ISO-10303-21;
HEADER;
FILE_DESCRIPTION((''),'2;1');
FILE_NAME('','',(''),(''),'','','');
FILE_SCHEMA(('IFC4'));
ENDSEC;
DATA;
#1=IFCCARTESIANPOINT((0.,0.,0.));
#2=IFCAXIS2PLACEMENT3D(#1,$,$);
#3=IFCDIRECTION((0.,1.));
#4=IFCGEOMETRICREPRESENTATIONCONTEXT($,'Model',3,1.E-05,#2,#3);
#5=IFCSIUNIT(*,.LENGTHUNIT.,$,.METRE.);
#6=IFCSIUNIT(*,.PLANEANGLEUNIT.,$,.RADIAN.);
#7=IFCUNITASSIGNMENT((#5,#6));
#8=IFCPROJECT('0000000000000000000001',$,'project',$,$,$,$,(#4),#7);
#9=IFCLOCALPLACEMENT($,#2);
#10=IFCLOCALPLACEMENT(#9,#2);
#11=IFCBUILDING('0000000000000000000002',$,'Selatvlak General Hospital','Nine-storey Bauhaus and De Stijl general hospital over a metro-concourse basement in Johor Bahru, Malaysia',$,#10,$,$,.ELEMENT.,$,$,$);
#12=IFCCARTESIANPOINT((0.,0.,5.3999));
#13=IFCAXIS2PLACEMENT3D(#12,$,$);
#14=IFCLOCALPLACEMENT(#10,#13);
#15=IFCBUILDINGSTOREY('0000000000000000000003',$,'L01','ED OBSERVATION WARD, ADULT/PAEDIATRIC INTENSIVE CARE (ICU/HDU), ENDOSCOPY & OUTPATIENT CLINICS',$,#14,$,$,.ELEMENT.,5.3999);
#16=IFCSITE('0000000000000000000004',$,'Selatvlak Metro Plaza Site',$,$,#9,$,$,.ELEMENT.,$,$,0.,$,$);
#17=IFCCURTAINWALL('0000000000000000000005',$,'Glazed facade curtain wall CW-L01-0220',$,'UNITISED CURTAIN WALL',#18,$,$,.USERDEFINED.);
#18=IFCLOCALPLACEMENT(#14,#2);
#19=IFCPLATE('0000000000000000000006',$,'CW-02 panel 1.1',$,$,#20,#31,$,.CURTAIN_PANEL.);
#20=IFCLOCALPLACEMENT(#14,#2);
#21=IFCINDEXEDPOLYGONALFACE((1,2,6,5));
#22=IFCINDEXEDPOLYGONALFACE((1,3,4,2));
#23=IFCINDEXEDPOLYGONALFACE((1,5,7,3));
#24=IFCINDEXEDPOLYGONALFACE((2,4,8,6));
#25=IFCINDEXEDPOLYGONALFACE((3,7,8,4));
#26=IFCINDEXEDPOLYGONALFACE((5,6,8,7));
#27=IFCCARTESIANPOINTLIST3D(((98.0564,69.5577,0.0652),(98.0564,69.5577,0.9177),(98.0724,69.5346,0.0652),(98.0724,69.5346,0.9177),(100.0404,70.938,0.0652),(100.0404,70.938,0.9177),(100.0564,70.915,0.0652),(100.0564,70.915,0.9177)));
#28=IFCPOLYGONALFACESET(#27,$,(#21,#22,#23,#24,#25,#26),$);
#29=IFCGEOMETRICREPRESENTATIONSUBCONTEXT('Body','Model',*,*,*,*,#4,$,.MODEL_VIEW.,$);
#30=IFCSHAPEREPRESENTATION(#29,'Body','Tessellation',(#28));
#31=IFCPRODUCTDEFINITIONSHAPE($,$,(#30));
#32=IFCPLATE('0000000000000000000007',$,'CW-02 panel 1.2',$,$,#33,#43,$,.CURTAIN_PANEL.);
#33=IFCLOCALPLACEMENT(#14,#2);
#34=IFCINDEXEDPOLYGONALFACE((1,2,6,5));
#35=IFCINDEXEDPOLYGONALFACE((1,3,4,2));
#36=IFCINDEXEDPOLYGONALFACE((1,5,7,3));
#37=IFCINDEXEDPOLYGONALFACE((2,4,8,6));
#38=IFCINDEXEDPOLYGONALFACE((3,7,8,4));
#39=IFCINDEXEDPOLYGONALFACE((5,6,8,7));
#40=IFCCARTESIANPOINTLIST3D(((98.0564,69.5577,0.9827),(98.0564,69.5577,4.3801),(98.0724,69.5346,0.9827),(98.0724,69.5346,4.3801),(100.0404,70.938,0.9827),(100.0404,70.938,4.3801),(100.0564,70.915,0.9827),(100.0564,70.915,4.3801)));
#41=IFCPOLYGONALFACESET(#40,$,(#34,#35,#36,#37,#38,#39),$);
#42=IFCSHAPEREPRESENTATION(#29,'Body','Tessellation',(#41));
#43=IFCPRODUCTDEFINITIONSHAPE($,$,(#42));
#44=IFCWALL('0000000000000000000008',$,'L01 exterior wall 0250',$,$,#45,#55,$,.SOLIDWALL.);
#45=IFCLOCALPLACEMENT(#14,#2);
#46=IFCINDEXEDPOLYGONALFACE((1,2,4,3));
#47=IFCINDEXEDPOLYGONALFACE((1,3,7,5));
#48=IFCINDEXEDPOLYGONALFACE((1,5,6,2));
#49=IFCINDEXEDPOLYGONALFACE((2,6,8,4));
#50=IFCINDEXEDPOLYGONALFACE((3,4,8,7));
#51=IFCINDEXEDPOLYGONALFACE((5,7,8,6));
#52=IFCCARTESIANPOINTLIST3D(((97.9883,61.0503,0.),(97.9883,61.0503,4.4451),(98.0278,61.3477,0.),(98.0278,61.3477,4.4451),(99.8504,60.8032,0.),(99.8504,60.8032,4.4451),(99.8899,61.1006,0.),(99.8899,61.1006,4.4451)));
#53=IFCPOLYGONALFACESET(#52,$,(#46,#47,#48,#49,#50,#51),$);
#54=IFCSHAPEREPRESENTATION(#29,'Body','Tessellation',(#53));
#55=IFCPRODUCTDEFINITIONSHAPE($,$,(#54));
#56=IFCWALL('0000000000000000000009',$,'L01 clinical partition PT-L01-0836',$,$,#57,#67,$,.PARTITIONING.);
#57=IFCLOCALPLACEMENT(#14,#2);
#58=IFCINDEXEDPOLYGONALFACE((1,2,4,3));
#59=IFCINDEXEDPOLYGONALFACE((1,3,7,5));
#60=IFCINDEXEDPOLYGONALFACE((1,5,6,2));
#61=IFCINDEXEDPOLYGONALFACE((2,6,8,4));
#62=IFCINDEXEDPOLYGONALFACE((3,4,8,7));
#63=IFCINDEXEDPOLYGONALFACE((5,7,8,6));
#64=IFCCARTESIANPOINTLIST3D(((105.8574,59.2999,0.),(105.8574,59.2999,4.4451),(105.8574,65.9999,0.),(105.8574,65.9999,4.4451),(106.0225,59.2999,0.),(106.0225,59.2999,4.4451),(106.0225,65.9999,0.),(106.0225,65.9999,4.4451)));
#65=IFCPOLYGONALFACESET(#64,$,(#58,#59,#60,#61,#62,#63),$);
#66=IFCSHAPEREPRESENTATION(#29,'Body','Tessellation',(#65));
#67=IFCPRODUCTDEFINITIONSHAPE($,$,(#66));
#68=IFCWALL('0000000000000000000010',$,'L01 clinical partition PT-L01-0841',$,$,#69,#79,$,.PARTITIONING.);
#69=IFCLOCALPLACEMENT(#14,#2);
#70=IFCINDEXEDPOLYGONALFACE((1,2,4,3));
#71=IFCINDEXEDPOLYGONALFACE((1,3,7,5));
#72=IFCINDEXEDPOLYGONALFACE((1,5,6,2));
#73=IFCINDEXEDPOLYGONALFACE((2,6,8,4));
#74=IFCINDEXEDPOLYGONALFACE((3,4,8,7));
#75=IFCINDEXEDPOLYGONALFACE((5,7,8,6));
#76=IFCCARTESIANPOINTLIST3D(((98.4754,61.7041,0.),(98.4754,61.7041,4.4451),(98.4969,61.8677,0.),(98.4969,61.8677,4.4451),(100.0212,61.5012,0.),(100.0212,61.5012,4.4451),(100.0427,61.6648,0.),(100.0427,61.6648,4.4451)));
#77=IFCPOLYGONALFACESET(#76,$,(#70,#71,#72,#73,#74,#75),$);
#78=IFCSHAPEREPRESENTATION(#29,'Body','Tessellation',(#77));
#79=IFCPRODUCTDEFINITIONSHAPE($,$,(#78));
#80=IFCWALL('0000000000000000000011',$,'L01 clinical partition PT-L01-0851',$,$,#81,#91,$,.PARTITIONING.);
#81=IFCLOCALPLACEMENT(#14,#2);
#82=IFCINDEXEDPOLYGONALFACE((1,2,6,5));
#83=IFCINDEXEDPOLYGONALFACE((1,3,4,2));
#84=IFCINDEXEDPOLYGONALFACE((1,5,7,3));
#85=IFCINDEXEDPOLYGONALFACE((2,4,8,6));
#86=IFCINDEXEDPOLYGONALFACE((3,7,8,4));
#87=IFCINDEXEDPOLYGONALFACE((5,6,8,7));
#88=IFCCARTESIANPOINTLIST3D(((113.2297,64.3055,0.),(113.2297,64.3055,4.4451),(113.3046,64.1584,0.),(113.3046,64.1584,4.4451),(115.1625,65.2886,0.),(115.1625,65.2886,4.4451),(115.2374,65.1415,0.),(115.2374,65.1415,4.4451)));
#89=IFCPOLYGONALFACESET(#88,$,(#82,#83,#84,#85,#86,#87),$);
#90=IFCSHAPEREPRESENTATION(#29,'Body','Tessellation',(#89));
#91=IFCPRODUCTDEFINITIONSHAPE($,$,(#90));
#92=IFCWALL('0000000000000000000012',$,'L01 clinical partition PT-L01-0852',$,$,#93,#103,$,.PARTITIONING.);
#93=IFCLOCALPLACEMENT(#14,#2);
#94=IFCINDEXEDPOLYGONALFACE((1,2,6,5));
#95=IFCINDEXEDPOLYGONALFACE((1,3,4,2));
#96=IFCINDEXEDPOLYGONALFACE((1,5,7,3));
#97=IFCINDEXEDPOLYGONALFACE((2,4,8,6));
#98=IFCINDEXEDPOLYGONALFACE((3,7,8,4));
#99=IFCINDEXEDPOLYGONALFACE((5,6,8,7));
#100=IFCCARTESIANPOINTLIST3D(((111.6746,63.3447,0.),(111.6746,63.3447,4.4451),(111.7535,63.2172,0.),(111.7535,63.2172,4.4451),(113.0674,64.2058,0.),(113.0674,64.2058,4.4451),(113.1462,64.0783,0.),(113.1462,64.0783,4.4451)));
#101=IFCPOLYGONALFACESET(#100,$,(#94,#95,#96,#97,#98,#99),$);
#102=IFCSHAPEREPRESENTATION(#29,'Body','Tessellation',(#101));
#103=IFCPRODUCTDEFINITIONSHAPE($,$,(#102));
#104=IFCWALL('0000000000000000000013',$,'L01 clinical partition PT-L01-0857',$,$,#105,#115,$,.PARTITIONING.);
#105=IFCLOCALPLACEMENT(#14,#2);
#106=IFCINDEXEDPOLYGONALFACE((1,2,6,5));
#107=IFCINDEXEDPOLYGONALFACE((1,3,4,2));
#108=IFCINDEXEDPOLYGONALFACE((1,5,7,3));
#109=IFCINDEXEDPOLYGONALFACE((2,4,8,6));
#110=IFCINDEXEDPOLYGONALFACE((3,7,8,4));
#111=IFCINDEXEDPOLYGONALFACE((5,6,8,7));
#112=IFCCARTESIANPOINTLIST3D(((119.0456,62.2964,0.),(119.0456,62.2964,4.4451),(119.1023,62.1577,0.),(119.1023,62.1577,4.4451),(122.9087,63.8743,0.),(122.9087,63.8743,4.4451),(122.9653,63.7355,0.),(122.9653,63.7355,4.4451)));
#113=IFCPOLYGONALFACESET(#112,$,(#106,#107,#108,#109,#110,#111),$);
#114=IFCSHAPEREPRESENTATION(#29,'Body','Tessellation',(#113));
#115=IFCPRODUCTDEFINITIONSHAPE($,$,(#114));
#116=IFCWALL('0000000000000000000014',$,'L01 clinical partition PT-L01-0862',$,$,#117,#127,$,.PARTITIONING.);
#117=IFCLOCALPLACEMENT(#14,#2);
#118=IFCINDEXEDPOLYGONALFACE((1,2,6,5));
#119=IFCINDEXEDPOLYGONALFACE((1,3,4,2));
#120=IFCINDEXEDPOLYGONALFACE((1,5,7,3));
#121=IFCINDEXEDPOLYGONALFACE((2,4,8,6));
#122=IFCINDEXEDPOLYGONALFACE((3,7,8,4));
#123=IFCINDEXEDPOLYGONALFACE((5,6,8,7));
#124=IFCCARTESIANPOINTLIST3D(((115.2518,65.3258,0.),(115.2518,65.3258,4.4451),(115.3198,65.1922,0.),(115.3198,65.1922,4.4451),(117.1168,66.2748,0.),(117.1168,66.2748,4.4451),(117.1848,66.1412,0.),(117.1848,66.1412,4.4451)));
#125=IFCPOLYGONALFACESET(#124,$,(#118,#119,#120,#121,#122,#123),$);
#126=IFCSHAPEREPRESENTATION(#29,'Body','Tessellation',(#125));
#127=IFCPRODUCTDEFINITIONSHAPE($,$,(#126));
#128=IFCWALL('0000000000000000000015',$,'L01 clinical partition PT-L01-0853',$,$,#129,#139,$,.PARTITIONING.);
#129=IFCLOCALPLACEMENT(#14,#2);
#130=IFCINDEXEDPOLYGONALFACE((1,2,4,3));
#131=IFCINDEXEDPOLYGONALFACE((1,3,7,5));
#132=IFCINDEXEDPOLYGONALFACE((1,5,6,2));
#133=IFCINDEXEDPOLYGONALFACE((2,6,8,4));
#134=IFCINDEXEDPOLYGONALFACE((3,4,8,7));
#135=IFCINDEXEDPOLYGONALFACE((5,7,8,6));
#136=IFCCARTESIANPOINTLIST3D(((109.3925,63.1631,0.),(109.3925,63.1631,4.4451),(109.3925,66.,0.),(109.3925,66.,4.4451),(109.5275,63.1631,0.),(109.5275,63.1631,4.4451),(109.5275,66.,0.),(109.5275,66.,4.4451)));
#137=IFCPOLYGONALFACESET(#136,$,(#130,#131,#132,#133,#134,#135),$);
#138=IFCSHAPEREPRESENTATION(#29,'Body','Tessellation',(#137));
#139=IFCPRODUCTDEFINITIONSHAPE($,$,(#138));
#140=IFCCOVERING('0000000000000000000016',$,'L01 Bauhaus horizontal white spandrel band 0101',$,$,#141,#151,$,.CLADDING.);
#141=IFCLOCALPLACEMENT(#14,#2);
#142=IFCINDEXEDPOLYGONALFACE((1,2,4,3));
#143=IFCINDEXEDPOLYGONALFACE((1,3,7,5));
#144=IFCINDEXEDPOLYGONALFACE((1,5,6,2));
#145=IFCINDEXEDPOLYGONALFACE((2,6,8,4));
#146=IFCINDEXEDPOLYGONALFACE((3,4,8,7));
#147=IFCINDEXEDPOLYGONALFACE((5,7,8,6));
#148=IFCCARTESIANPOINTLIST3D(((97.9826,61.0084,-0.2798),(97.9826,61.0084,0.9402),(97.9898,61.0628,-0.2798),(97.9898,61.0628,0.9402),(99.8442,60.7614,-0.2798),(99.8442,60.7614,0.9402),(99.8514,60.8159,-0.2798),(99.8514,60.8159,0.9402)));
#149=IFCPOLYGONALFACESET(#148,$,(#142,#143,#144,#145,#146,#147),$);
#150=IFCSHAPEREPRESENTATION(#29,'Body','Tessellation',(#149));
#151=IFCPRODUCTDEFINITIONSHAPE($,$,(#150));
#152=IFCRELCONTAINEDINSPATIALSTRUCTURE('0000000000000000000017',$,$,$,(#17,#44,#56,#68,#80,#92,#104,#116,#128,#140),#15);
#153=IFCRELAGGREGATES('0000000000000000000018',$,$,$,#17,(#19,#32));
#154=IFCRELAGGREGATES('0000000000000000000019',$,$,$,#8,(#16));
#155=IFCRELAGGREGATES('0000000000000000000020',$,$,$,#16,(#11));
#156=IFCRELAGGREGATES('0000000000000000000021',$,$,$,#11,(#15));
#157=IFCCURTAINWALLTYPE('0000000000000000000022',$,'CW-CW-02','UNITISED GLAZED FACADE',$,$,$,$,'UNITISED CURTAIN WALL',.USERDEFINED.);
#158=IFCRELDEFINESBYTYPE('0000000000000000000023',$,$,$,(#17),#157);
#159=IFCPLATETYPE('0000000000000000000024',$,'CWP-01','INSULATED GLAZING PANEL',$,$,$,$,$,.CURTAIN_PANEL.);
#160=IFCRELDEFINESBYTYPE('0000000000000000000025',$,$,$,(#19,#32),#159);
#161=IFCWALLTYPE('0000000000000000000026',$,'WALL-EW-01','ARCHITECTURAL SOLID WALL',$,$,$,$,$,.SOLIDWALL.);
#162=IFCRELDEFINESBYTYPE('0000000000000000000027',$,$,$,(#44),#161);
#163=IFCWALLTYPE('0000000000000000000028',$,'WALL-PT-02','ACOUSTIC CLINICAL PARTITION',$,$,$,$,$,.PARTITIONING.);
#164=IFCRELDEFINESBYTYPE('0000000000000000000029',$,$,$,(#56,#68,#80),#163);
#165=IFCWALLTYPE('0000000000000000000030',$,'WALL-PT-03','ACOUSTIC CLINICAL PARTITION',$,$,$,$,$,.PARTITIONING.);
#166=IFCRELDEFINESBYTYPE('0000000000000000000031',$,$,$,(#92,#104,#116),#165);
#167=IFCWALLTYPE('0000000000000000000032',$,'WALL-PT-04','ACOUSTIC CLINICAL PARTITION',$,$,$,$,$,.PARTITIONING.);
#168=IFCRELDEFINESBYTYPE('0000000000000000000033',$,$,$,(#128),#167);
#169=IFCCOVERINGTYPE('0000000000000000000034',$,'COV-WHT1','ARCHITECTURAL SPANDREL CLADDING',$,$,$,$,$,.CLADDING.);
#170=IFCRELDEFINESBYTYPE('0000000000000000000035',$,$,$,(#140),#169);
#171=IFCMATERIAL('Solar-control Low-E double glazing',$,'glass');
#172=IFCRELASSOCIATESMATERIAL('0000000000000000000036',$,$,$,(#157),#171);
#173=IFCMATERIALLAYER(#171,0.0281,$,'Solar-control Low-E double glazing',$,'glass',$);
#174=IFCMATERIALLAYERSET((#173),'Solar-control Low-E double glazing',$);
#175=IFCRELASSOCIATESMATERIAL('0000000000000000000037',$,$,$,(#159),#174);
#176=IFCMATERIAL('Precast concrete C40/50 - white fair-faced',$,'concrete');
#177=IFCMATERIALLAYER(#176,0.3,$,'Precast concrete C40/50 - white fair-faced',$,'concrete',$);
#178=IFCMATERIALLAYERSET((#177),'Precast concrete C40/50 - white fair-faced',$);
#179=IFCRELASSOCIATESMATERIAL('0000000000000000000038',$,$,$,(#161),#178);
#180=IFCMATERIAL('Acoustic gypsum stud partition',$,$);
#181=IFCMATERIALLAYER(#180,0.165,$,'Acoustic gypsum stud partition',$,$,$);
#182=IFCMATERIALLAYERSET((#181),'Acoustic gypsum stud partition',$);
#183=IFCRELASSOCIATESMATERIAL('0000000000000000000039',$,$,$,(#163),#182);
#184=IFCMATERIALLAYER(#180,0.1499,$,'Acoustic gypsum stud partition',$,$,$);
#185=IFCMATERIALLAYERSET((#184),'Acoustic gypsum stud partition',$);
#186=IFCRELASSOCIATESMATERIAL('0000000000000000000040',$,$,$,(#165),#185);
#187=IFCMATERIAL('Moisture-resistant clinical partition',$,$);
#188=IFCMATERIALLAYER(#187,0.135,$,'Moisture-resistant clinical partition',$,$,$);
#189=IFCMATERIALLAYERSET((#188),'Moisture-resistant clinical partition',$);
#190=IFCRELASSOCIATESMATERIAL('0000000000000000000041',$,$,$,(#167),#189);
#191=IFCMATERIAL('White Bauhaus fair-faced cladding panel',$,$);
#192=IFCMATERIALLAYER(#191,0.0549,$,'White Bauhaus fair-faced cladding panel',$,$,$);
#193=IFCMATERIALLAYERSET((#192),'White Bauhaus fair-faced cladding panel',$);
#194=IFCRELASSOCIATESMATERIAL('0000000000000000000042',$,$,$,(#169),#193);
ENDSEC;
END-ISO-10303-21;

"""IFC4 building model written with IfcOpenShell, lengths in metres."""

from ifc_helpers import new_model, si_unit, direction, frame, frame_2d, origin, origin_2d, place, context, subcontext, project, spatial, rectangle, extrude, material, layer, layer_set, type_object, element, aggregate, save


model = new_model("IFC4")

# Units and contexts
model_context = context("Model", 3, precision=1e-05, world=origin(), true_north=direction((0.0, 1.0)))
body_context = subcontext(model_context, "Body", "Model", "MODEL_VIEW")
ifc_project = project(units=[si_unit("LENGTHUNIT", "METRE"), si_unit("PLANEANGLEUNIT", "RADIAN")], contexts=[model_context])

# Site, building, storey
site_placement = place(None, origin())
site = spatial("IfcSite", under=ifc_project, at=site_placement, Name="Selatvlak Metro Plaza Site", CompositionType="ELEMENT", RefElevation=0.0)
building_placement = place(site_placement, origin())
building = spatial("IfcBuilding", under=site, at=building_placement, Name="Selatvlak General Hospital", Description="Nine-storey Bauhaus and De Stijl general hospital over a metro-concourse basement in Johor Bahru, Malaysia", CompositionType="ELEMENT")
storey_placement = place(building_placement, frame((0.0, 0.0, 5.3999)))
storey = spatial("IfcBuildingStorey", under=building, at=storey_placement, Name="L01", Description="ED OBSERVATION WARD, ADULT/PAEDIATRIC INTENSIVE CARE (ICU/HDU), ENDOSCOPY & OUTPATIENT CLINICS", CompositionType="ELEMENT", Elevation=5.3999)

# Curtain wall, plates
ifc_material_1 = material(Name="Solar-control Low-E double glazing", Category="glass")
curtain_wall_type = type_object("IfcCurtainWallType", Name="CW-CW-02", Description="UNITISED GLAZED FACADE", ElementType="UNITISED CURTAIN WALL", PredefinedType="USERDEFINED", material=ifc_material_1)
curtain_wall_placement = place(storey_placement, origin())
curtain_wall = element("IfcCurtainWall", 1, at=curtain_wall_placement, inside=storey, type_object=curtain_wall_type, Name="Glazed facade curtain wall CW-L01-0220", ObjectType="UNITISED CURTAIN WALL", PredefinedType="USERDEFINED")
ifc_layer_1 = layer(ifc_material_1, 0.0281, Name="Solar-control Low-E double glazing", Category="glass")
ifc_layer_set_1 = layer_set([ifc_layer_1], Name="Solar-control Low-E double glazing")
plate_type = type_object("IfcPlateType", Name="CWP-01", Description="INSULATED GLAZING PANEL", PredefinedType="CURTAIN_PANEL", material=ifc_layer_set_1)
plate_1_placement = place(storey_placement, frame((99.0564, 70.2363, 0.0652), z_axis=(0.0, 0.0, 1.0), x_axis=(0.820873, 0.571111, 0.0)))
plate_1 = element("IfcPlate", 2, at=plate_1_placement, type_object=plate_type, Name="CW-02 panel 1.1", PredefinedType="CURTAIN_PANEL", context=body_context, shape_type="SweptSolid", body=[
    extrude(rectangle(XDim=2.417, YDim=0.0281, at=origin_2d()), origin(), (0.0, 0.0, 1.0), 0.8525),
])
plate_2_placement = place(storey_placement, frame((99.0564, 70.2363, 0.9827), z_axis=(0.0, 0.0, 1.0), x_axis=(0.820873, 0.571111, 0.0)))
plate_2 = element("IfcPlate", 3, at=plate_2_placement, type_object=plate_type, Name="CW-02 panel 1.2", PredefinedType="CURTAIN_PANEL", context=body_context, shape_type="SweptSolid", body=[
    extrude(rectangle(XDim=2.417, YDim=0.0281, at=origin_2d()), origin(), (0.0, 0.0, 1.0), 3.3975),
])
aggregate(curtain_wall, [plate_1, plate_2])

# Walls
ifc_material_2 = material(Name="Precast concrete C40/50 - white fair-faced", Category="concrete")
ifc_layer_2 = layer(ifc_material_2, 0.3, Name="Precast concrete C40/50 - white fair-faced", Category="concrete")
ifc_layer_set_2 = layer_set([ifc_layer_2], Name="Precast concrete C40/50 - white fair-faced")
wall_type_1 = type_object("IfcWallType", Name="WALL-EW-01", Description="ARCHITECTURAL SOLID WALL", PredefinedType="SOLIDWALL", material=ifc_layer_set_2)
wall_1_placement = place(storey_placement, frame((99.8701, 60.9519, 0.0), z_axis=(0.0, 0.0, 1.0), x_axis=(-0.991312, 0.131534, 0.0)))
element("IfcWall", 4, at=wall_1_placement, inside=storey, type_object=wall_type_1, Name="L01 exterior wall 0250", PredefinedType="SOLIDWALL", context=body_context, shape_type="SweptSolid", body=[
    extrude(rectangle(XDim=1.8784, YDim=0.3, at=frame_2d((0.9392, 0.0))), origin(), (0.0, 0.0, 1.0), 4.4451),
])
ifc_material_3 = material(Name="Acoustic gypsum stud partition")
ifc_layer_3 = layer(ifc_material_3, 0.165, Name="Acoustic gypsum stud partition")
ifc_layer_set_3 = layer_set([ifc_layer_3], Name="Acoustic gypsum stud partition")
wall_type_2 = type_object("IfcWallType", Name="WALL-PT-02", Description="ACOUSTIC CLINICAL PARTITION", PredefinedType="PARTITIONING", material=ifc_layer_set_3)
wall_2_placement = place(storey_placement, frame((105.9399, 66.0, 0.0), z_axis=(0.0, 0.0, 1.0), x_axis=(0.0, -1.0, 0.0)))
element("IfcWall", 5, at=wall_2_placement, inside=storey, type_object=wall_type_2, Name="L01 clinical partition PT-L01-0836", PredefinedType="PARTITIONING", context=body_context, shape_type="SweptSolid", body=[
    extrude(rectangle(XDim=6.7, YDim=0.165, at=frame_2d((3.3501, 0.0))), origin(), (0.0, 0.0, 1.0), 4.4451),
])
wall_3_placement = place(storey_placement, frame((100.032, 61.583, 0.0), z_axis=(0.0, 0.0, 1.0), x_axis=(-0.991498, 0.130122, 0.0)))
element("IfcWall", 6, at=wall_3_placement, inside=storey, type_object=wall_type_2, Name="L01 clinical partition PT-L01-0841", PredefinedType="PARTITIONING", context=body_context, shape_type="SweptSolid", body=[
    extrude(rectangle(XDim=1.5591, YDim=0.165, at=frame_2d((0.7795, 0.0))), origin(), (0.0, 0.0, 1.0), 4.4451),
])
wall_4_placement = place(storey_placement, frame((115.2, 65.2151, 0.0), z_axis=(0.0, 0.0, 1.0), x_axis=(-0.891321, -0.453373, 0.0)))
element("IfcWall", 7, at=wall_4_placement, inside=storey, type_object=wall_type_2, Name="L01 clinical partition PT-L01-0851", PredefinedType="PARTITIONING", context=body_context, shape_type="SweptSolid", body=[
    extrude(rectangle(XDim=2.1685, YDim=0.165, at=frame_2d((1.0842, 0.0))), origin(), (0.0, 0.0, 1.0), 4.4451),
])
ifc_layer_4 = layer(ifc_material_3, 0.1499, Name="Acoustic gypsum stud partition")
ifc_layer_set_4 = layer_set([ifc_layer_4], Name="Acoustic gypsum stud partition")
wall_type_3 = type_object("IfcWallType", Name="WALL-PT-03", Description="ACOUSTIC CLINICAL PARTITION", PredefinedType="PARTITIONING", material=ifc_layer_set_4)
wall_5_placement = place(storey_placement, frame((113.1069, 64.1421, 0.0), z_axis=(0.0, 0.0, 1.0), x_axis=(-0.850576, -0.525852, 0.0)))
element("IfcWall", 8, at=wall_5_placement, inside=storey, type_object=wall_type_3, Name="L01 clinical partition PT-L01-0852", PredefinedType="PARTITIONING", context=body_context, shape_type="SweptSolid", body=[
    extrude(rectangle(XDim=1.6375, YDim=0.1499, at=frame_2d((0.8188, 0.0))), origin(), (0.0, 0.0, 1.0), 4.4451),
])
wall_6_placement = place(storey_placement, frame((119.074, 62.2271, 0.0), z_axis=(0.0, 0.0, 1.0), x_axis=(0.925753, 0.378129, 0.0)))
element("IfcWall", 9, at=wall_6_placement, inside=storey, type_object=wall_type_3, Name="L01 clinical partition PT-L01-0857", PredefinedType="PARTITIONING", context=body_context, shape_type="SweptSolid", body=[
    extrude(rectangle(XDim=4.1729, YDim=0.1499, at=frame_2d((2.0864, 0.0))), origin(), (0.0, 0.0, 1.0), 4.4451),
])
wall_7_placement = place(storey_placement, frame((117.1509, 66.208, 0.0), z_axis=(0.0, 0.0, 1.0), x_axis=(-0.891255, -0.453503, 0.0)))
element("IfcWall", 10, at=wall_7_placement, inside=storey, type_object=wall_type_3, Name="L01 clinical partition PT-L01-0862", PredefinedType="PARTITIONING", context=body_context, shape_type="SweptSolid", body=[
    extrude(rectangle(XDim=2.0925, YDim=0.1499, at=frame_2d((1.0464, 0.0))), origin(), (0.0, 0.0, 1.0), 4.4451),
])
ifc_material_4 = material(Name="Moisture-resistant clinical partition")
ifc_layer_5 = layer(ifc_material_4, 0.135, Name="Moisture-resistant clinical partition")
ifc_layer_set_5 = layer_set([ifc_layer_5], Name="Moisture-resistant clinical partition")
wall_type_4 = type_object("IfcWallType", Name="WALL-PT-04", Description="ACOUSTIC CLINICAL PARTITION", PredefinedType="PARTITIONING", material=ifc_layer_set_5)
wall_8_placement = place(storey_placement, frame((109.46, 63.1631, 0.0), z_axis=(0.0, 0.0, 1.0), x_axis=(0.0, 1.0, 0.0)))
element("IfcWall", 11, at=wall_8_placement, inside=storey, type_object=wall_type_4, Name="L01 clinical partition PT-L01-0853", PredefinedType="PARTITIONING", context=body_context, shape_type="SweptSolid", body=[
    extrude(rectangle(XDim=2.8369, YDim=0.135, at=frame_2d((1.4185, 0.0))), origin(), (0.0, 0.0, 1.0), 4.4451),
])

# Covering
ifc_material_5 = material(Name="White Bauhaus fair-faced cladding panel")
ifc_layer_6 = layer(ifc_material_5, 0.0549, Name="White Bauhaus fair-faced cladding panel")
ifc_layer_set_6 = layer_set([ifc_layer_6], Name="White Bauhaus fair-faced cladding panel")
covering_type = type_object("IfcCoveringType", Name="COV-WHT1", Description="ARCHITECTURAL SPANDREL CLADDING", PredefinedType="CLADDING", material=ifc_layer_set_6)
covering_placement = place(storey_placement, frame((98.917, 60.9121, -0.2798), z_axis=(0.0, 0.0, 1.0), x_axis=(-0.991317, 0.131495, 0.0)))
element("IfcCovering", 12, at=covering_placement, inside=storey, type_object=covering_type, Name="L01 Bauhaus horizontal white spandrel band 0101", PredefinedType="CLADDING", context=body_context, shape_type="SweptSolid", body=[
    extrude(rectangle(XDim=1.8779, YDim=0.0549, at=origin_2d()), origin(), (0.0, 0.0, 1.0), 1.22),
])

save(model, "model.ifc")
